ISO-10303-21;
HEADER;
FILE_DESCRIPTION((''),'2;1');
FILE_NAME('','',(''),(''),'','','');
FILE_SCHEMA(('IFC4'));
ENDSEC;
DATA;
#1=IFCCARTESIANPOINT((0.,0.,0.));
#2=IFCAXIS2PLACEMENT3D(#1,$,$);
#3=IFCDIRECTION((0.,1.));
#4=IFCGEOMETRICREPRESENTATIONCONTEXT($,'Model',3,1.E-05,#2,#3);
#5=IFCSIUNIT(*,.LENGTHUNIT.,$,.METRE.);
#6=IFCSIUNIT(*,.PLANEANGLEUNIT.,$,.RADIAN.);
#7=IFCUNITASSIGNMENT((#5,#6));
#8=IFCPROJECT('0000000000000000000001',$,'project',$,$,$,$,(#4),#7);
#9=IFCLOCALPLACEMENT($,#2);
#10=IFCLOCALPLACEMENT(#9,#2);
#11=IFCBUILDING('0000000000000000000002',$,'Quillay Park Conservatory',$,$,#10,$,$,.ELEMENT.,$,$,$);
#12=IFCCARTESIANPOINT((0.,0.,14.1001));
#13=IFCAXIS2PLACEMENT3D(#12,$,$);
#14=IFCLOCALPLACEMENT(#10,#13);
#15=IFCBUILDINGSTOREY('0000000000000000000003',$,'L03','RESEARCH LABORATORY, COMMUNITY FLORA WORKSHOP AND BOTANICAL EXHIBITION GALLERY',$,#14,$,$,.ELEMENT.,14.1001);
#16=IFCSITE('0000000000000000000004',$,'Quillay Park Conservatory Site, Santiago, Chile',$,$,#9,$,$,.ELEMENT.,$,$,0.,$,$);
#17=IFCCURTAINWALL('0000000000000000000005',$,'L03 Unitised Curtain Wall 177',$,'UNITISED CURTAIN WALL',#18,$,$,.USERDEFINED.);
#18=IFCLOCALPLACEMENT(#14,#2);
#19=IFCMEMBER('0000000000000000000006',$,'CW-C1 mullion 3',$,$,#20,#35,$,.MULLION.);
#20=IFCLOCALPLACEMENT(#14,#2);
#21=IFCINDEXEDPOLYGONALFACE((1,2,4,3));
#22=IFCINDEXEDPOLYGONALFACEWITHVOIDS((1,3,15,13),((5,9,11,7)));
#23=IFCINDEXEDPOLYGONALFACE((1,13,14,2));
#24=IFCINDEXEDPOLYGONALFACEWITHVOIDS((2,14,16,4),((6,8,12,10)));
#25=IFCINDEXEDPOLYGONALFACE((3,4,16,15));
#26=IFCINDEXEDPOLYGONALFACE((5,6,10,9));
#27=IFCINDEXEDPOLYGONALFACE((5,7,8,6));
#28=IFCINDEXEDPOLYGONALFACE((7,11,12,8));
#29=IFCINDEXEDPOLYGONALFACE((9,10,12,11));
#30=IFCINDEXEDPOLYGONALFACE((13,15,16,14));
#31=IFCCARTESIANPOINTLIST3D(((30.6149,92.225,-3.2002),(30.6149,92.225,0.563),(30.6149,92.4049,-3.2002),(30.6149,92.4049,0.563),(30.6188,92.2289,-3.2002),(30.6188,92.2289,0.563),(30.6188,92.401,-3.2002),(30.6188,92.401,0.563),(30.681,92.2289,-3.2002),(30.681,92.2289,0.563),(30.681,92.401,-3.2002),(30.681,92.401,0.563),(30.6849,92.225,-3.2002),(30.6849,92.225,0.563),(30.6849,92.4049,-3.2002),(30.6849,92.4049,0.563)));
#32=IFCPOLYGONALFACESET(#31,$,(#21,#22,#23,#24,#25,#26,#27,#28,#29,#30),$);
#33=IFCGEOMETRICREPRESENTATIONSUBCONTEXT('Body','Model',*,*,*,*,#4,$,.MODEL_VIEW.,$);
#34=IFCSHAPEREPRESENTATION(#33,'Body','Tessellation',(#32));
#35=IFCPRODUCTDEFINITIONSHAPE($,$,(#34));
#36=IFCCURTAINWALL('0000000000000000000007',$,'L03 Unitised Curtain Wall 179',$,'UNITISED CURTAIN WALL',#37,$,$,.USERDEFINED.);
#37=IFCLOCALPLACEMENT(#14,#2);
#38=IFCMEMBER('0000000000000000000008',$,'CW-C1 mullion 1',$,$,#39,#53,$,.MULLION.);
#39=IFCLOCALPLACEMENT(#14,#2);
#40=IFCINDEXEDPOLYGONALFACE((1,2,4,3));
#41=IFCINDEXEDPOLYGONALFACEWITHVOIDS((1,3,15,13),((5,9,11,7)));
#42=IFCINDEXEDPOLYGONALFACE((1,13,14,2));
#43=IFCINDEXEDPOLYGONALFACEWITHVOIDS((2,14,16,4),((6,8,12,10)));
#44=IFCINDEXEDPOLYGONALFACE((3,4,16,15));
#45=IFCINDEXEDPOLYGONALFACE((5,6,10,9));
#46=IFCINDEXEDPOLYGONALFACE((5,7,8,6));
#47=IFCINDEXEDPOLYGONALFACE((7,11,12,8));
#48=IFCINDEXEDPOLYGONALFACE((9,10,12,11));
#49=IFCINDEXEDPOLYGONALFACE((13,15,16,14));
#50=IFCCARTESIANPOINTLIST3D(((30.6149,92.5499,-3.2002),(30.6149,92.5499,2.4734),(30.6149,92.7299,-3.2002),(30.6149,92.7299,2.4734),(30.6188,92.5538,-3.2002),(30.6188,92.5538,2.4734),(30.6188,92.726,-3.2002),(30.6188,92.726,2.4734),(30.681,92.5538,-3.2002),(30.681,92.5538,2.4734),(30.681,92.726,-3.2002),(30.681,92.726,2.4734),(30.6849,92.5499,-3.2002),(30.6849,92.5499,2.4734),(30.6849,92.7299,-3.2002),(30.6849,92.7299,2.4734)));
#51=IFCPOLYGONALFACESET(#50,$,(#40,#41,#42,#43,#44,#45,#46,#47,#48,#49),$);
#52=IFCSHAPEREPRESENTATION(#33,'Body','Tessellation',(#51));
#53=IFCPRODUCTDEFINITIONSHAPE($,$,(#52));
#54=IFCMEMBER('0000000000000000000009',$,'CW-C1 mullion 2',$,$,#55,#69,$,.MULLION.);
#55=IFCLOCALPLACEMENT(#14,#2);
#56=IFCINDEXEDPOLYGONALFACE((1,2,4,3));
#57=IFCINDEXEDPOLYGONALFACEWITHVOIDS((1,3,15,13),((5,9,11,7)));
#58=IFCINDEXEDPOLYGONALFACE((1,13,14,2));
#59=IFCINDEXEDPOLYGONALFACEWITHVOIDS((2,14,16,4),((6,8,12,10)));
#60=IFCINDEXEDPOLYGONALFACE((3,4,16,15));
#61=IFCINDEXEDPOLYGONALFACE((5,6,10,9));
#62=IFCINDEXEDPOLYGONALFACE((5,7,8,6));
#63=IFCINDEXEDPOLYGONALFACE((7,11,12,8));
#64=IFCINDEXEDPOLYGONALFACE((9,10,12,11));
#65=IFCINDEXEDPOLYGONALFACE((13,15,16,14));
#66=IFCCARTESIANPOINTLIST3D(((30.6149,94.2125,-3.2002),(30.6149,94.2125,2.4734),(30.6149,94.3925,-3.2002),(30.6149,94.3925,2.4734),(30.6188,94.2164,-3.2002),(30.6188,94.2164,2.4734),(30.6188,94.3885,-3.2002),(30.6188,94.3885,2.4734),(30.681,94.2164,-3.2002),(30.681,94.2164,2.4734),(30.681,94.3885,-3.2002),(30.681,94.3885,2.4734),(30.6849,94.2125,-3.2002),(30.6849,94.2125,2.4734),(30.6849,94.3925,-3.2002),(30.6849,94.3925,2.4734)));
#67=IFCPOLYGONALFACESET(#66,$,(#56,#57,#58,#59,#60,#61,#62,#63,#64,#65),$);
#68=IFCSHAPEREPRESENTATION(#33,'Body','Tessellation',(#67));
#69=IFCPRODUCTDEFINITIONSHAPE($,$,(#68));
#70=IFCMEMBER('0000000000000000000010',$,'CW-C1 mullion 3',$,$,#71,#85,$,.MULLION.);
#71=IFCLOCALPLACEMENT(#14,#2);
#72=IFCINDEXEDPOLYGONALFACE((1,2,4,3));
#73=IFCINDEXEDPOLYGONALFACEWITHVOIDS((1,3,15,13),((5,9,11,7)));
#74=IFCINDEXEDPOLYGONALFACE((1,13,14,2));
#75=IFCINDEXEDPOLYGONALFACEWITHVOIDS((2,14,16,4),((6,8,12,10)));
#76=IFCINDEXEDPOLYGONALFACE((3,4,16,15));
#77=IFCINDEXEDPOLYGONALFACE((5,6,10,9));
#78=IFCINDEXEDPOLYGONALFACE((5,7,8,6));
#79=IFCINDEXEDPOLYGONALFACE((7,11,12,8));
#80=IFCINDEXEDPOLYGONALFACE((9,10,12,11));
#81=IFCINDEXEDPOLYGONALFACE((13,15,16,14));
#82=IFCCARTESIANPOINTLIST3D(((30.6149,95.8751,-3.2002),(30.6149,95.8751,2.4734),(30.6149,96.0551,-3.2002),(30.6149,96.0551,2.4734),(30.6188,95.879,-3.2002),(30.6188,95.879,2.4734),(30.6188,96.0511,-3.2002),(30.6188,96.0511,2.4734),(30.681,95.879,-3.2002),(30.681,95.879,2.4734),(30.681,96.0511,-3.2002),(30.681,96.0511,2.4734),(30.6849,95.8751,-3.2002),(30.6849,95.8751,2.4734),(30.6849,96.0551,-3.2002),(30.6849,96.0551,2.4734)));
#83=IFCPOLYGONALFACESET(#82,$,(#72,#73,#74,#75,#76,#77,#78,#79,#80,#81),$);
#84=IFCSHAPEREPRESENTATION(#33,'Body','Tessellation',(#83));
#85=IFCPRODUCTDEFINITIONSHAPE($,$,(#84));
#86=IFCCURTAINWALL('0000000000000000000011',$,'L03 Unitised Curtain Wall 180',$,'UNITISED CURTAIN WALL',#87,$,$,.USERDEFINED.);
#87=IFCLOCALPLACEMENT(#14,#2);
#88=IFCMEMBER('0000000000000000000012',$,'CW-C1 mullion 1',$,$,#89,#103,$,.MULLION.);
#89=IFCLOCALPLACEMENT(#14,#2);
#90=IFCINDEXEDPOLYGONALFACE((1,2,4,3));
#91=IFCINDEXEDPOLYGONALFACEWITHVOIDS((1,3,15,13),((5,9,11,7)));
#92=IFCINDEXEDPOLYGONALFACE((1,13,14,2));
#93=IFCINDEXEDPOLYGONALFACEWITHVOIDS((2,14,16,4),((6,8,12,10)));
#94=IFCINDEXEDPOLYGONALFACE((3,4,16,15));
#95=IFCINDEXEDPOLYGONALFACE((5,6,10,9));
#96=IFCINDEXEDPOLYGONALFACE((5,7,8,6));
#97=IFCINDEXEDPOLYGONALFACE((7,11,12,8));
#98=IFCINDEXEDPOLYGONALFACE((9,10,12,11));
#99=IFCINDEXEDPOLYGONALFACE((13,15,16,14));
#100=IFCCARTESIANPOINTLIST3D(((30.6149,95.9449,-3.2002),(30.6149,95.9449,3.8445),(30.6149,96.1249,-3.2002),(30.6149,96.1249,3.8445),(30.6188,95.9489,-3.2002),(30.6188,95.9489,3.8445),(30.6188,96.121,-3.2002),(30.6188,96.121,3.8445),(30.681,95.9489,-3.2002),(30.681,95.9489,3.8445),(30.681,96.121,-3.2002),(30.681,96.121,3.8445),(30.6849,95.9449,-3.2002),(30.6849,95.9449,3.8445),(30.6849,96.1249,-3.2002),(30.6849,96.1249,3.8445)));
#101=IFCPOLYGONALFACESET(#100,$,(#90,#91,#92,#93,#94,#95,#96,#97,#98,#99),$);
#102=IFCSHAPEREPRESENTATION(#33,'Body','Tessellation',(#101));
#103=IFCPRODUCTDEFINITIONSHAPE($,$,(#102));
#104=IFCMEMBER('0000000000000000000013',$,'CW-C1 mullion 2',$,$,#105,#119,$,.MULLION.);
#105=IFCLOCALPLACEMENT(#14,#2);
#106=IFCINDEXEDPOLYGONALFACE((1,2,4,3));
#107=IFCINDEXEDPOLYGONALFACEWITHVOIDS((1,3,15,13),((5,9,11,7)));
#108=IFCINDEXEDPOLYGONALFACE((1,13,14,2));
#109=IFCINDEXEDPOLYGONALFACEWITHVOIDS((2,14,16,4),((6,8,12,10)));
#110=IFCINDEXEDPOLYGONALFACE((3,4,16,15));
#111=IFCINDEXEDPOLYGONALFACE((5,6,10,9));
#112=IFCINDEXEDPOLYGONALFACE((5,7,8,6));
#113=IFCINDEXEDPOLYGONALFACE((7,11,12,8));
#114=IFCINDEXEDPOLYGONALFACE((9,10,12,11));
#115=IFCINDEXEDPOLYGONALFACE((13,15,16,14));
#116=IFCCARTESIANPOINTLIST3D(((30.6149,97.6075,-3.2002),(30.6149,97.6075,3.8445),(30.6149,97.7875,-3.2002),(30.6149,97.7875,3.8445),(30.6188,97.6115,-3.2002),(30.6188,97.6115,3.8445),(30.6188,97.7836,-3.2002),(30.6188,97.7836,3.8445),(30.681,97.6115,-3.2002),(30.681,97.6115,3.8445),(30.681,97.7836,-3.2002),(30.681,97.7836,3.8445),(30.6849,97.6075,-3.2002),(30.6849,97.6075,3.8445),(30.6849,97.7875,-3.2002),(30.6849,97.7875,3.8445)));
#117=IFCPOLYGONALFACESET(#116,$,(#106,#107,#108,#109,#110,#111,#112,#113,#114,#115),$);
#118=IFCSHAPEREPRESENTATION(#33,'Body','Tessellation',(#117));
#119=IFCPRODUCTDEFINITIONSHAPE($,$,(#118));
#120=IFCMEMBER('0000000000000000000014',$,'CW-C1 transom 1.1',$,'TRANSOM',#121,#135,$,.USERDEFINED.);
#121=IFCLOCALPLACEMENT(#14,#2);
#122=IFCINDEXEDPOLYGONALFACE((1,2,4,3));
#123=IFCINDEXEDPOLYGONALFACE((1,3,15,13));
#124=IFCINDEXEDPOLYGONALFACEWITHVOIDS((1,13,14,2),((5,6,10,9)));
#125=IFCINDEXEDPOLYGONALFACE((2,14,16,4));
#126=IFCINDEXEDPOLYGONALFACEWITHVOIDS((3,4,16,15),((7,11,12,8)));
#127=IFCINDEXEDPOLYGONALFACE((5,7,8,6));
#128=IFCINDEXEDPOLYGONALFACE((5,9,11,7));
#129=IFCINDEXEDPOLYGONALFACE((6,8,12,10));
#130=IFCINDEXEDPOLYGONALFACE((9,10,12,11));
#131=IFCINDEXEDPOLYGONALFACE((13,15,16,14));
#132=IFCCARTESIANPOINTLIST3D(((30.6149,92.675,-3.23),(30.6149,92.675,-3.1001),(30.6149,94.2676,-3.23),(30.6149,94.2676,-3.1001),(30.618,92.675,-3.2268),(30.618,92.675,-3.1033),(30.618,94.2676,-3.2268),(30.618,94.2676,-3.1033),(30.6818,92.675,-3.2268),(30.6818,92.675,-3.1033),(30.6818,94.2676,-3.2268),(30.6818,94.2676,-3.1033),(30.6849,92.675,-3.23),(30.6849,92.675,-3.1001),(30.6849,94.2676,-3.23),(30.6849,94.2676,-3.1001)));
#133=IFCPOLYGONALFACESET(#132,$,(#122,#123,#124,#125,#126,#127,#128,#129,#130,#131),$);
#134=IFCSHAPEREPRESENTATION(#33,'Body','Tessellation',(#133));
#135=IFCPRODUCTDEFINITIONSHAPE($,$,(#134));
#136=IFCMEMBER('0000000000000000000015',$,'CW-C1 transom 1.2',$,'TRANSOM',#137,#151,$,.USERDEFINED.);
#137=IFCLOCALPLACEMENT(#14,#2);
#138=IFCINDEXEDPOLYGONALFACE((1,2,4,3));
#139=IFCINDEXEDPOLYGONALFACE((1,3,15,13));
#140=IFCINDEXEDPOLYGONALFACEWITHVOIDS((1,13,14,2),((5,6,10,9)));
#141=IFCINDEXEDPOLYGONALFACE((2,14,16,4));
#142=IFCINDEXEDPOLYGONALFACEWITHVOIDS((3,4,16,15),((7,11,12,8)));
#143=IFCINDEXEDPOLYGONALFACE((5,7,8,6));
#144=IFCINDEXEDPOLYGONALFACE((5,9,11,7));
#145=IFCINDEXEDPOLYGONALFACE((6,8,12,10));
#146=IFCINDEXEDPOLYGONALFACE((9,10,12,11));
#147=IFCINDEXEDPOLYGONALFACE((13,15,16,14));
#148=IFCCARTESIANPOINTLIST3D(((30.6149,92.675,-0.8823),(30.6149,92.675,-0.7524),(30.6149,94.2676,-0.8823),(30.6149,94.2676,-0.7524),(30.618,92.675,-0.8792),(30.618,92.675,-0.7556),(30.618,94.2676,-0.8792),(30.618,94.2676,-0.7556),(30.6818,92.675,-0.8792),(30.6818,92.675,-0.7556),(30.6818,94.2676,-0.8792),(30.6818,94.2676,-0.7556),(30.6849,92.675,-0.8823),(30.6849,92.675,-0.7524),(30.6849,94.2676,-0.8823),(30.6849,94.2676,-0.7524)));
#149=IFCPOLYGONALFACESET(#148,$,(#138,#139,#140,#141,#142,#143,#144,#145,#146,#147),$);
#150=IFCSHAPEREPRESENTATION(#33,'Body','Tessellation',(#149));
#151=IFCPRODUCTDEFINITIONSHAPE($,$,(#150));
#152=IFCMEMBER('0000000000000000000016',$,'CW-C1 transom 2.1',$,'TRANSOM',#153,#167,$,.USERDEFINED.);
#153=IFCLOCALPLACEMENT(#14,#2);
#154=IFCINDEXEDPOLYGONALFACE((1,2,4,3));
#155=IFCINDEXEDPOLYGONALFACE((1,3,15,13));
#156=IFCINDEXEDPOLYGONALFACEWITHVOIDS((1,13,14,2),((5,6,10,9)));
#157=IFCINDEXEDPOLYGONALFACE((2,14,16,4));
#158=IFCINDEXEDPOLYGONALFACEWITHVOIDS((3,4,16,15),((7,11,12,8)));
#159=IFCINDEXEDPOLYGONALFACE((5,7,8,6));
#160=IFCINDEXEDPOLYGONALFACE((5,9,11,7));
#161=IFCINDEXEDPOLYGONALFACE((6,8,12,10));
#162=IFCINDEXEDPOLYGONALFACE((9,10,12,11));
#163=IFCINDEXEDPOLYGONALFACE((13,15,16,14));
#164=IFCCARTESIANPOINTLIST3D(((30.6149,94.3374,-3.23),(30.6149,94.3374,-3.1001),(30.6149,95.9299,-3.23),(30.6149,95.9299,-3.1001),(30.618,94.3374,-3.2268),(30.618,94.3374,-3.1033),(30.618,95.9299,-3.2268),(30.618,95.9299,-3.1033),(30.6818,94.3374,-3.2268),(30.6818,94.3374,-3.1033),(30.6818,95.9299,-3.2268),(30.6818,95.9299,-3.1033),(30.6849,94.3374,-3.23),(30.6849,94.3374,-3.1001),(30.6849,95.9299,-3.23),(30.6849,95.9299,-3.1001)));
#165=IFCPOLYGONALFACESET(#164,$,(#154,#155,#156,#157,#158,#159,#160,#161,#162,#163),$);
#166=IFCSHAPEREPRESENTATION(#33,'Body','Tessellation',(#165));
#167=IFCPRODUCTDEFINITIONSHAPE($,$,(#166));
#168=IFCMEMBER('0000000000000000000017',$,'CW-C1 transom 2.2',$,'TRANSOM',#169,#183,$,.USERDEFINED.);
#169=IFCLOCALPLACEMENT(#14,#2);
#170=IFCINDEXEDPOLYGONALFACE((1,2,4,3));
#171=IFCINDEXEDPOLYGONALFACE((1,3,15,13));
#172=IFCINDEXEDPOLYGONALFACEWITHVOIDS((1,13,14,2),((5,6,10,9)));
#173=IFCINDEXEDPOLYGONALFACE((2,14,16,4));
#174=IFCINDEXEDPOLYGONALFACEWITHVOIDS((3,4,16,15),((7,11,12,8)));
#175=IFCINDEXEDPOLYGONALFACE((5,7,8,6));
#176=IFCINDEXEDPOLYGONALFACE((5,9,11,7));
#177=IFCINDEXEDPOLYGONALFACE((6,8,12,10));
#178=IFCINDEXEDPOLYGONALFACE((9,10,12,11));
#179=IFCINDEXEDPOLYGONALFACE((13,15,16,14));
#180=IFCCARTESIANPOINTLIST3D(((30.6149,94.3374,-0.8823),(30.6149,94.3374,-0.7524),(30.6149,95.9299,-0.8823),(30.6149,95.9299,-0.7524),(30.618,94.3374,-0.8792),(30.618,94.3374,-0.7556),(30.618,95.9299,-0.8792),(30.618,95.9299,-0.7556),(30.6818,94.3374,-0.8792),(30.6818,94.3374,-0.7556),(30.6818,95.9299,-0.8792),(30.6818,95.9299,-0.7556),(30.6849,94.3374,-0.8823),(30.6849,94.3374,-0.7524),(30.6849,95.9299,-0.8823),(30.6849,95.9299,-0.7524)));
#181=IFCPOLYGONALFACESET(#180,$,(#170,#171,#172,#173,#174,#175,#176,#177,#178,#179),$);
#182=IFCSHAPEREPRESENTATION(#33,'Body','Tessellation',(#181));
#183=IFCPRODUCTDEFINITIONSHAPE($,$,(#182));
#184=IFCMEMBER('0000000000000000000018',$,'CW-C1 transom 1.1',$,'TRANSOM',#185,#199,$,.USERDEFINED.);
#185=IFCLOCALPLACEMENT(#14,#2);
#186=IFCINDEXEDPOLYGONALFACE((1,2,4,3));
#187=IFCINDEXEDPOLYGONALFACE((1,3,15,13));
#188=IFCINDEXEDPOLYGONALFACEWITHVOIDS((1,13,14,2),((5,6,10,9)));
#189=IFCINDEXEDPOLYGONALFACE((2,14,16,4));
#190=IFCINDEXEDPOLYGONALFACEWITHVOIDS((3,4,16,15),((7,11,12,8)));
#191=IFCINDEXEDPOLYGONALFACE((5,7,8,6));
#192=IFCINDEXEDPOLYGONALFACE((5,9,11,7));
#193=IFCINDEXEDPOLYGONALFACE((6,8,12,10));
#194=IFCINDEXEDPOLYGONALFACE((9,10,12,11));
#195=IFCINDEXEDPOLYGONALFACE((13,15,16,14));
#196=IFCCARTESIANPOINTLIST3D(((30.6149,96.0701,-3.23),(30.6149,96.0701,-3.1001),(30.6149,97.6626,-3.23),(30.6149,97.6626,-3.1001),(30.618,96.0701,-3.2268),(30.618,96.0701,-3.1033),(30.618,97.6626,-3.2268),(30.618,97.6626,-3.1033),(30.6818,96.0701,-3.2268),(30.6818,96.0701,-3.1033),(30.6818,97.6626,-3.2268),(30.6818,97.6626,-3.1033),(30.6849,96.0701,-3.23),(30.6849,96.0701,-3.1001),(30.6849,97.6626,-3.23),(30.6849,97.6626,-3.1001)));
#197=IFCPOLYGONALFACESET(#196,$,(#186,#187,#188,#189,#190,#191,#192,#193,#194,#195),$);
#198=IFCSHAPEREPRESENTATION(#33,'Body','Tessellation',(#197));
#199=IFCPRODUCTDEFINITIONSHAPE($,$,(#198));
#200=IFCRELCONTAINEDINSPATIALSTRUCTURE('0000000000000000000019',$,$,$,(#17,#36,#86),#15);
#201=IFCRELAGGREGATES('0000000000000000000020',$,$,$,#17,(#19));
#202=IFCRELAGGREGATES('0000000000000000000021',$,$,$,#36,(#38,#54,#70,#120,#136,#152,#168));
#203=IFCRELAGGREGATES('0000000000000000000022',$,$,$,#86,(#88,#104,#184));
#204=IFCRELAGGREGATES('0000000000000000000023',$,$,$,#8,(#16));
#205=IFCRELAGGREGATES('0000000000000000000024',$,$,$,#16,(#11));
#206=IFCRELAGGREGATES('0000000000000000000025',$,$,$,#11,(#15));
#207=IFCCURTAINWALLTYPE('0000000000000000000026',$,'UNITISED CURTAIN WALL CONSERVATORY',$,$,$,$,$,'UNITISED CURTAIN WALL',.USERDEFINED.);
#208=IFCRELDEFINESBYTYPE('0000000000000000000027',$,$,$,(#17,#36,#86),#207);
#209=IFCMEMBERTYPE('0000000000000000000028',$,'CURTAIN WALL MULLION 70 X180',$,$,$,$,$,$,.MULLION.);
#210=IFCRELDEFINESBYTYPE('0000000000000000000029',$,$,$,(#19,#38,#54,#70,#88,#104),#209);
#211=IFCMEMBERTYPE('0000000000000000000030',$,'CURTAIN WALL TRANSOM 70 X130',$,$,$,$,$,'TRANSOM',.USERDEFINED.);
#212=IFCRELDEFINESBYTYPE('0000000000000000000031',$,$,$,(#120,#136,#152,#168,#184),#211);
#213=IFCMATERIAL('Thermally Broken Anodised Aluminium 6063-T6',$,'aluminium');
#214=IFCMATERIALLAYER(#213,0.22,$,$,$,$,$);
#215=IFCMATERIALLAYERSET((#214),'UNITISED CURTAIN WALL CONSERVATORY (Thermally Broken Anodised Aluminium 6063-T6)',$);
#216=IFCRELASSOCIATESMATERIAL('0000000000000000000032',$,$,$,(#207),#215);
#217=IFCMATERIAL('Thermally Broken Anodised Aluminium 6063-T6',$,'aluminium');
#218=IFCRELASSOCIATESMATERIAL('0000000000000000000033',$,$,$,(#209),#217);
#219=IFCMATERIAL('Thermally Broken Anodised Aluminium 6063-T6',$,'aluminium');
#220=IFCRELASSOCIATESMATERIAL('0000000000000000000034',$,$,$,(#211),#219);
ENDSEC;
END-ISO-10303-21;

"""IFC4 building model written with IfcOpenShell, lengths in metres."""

from ifc_helpers import new_model, si_unit, direction, frame, origin, origin_2d, place, context, subcontext, project, spatial, hollow_rectangle, extrude, material, layer, layer_set, material_profile, profile_set, type_object, element, aggregate, save


model = new_model("IFC4")

# Units and contexts
model_context = context("Model", 3, precision=1e-05, world=origin(), true_north=direction((0.0, 1.0)))
body_context = subcontext(model_context, "Body", "Model", "MODEL_VIEW")
ifc_project = project(units=[si_unit("LENGTHUNIT", "METRE"), si_unit("PLANEANGLEUNIT", "RADIAN")], contexts=[model_context])

# Site, building, storey
site_placement = place(None, origin())
site = spatial("IfcSite", under=ifc_project, at=site_placement, Name="Quillay Park Conservatory Site, Santiago, Chile", CompositionType="ELEMENT", RefElevation=0.0)
building_placement = place(site_placement, origin())
building = spatial("IfcBuilding", under=site, at=building_placement, Name="Quillay Park Conservatory", CompositionType="ELEMENT")
storey_placement = place(building_placement, frame((0.0, 0.0, 14.1001)))
storey = spatial("IfcBuildingStorey", under=building, at=storey_placement, Name="L03", Description="RESEARCH LABORATORY, COMMUNITY FLORA WORKSHOP AND BOTANICAL EXHIBITION GALLERY", CompositionType="ELEMENT", Elevation=14.1001)

# Curtain wall, member
ifc_material_1 = material(Name="Thermally Broken Anodised Aluminium 6063-T6", Category="aluminium")
ifc_layer_1 = layer(ifc_material_1, 0.22)
ifc_layer_set_1 = layer_set([ifc_layer_1], Name="UNITISED CURTAIN WALL CONSERVATORY (Thermally Broken Anodised Aluminium 6063-T6)")
curtain_wall_type = type_object("IfcCurtainWallType", Name="UNITISED CURTAIN WALL CONSERVATORY", ElementType="UNITISED CURTAIN WALL", PredefinedType="USERDEFINED", material=ifc_layer_set_1)
curtain_wall_1_placement = place(storey_placement, origin())
curtain_wall_1 = element("IfcCurtainWall", 1, at=curtain_wall_1_placement, inside=storey, type_object=curtain_wall_type, Name="L03 Unitised Curtain Wall 177", ObjectType="UNITISED CURTAIN WALL", PredefinedType="USERDEFINED")
ifc_material_2 = material(Name="Thermally Broken Anodised Aluminium 6063-T6", Category="aluminium")
ifc_material_profile_1 = material_profile(ifc_material_2, hollow_rectangle(XDim=0.0701, YDim=0.1799, WallThickness=0.0039, at=origin_2d()), Name="AL70x180x4")
ifc_profile_set_1 = profile_set([ifc_material_profile_1], Name="Thermally Broken Anodised Aluminium 6063-T6")
member_type_1 = type_object("IfcMemberType", Name="CURTAIN WALL MULLION 70 X180", PredefinedType="MULLION", material=ifc_profile_set_1)
member_1_placement = place(storey_placement, frame((30.6499, 92.3149, -3.2002), z_axis=(0.0, 0.0, 1.0), x_axis=(-1.0, 0.0, 0.0)))
member_1 = element("IfcMember", 2, at=member_1_placement, type_object=member_type_1, Name="CW-C1 mullion 3", PredefinedType="MULLION", context=body_context, shape_type="SweptSolid", body=[
    extrude(hollow_rectangle(XDim=0.0701, YDim=0.1799, WallThickness=0.0039, at=origin_2d()), origin(), (0.0, 0.0, 1.0), 3.7632),
])

# Curtain walls, members
curtain_wall_2_placement = place(storey_placement, origin())
curtain_wall_2 = element("IfcCurtainWall", 3, at=curtain_wall_2_placement, inside=storey, type_object=curtain_wall_type, Name="L03 Unitised Curtain Wall 179", ObjectType="UNITISED CURTAIN WALL", PredefinedType="USERDEFINED")
member_2_placement = place(storey_placement, frame((30.6499, 92.6399, -3.2002), z_axis=(0.0, 0.0, 1.0), x_axis=(-1.0, 0.0, 0.0)))
member_2 = element("IfcMember", 4, at=member_2_placement, type_object=member_type_1, Name="CW-C1 mullion 1", PredefinedType="MULLION", context=body_context, shape_type="SweptSolid", body=[
    extrude(hollow_rectangle(XDim=0.0701, YDim=0.1799, WallThickness=0.0039, at=origin_2d()), origin(), (0.0, 0.0, 1.0), 5.6736),
])
member_3_placement = place(storey_placement, frame((30.6499, 94.3025, -3.2002), z_axis=(0.0, 0.0, 1.0), x_axis=(-1.0, 0.0, 0.0)))
member_3 = element("IfcMember", 5, at=member_3_placement, type_object=member_type_1, Name="CW-C1 mullion 2", PredefinedType="MULLION", context=body_context, shape_type="SweptSolid", body=[
    extrude(hollow_rectangle(XDim=0.0701, YDim=0.1799, WallThickness=0.0039, at=origin_2d()), origin(), (0.0, 0.0, 1.0), 5.6736),
])
member_4_placement = place(storey_placement, frame((30.6499, 95.9651, -3.2002), z_axis=(0.0, 0.0, 1.0), x_axis=(-1.0, 0.0, 0.0)))
member_4 = element("IfcMember", 6, at=member_4_placement, type_object=member_type_1, Name="CW-C1 mullion 3", PredefinedType="MULLION", context=body_context, shape_type="SweptSolid", body=[
    extrude(hollow_rectangle(XDim=0.0701, YDim=0.1799, WallThickness=0.0039, at=origin_2d()), origin(), (0.0, 0.0, 1.0), 5.6736),
])
curtain_wall_3_placement = place(storey_placement, origin())
curtain_wall_3 = element("IfcCurtainWall", 7, at=curtain_wall_3_placement, inside=storey, type_object=curtain_wall_type, Name="L03 Unitised Curtain Wall 180", ObjectType="UNITISED CURTAIN WALL", PredefinedType="USERDEFINED")
member_5_placement = place(storey_placement, frame((30.6499, 96.0349, -3.2002), z_axis=(0.0, 0.0, 1.0), x_axis=(-1.0, 0.0, 0.0)))
member_5 = element("IfcMember", 8, at=member_5_placement, type_object=member_type_1, Name="CW-C1 mullion 1", PredefinedType="MULLION", context=body_context, shape_type="SweptSolid", body=[
    extrude(hollow_rectangle(XDim=0.0701, YDim=0.1799, WallThickness=0.0039, at=origin_2d()), origin(), (0.0, 0.0, 1.0), 7.0447),
])
member_6_placement = place(storey_placement, frame((30.6499, 97.6975, -3.2002), z_axis=(0.0, 0.0, 1.0), x_axis=(-1.0, 0.0, 0.0)))
member_6 = element("IfcMember", 9, at=member_6_placement, type_object=member_type_1, Name="CW-C1 mullion 2", PredefinedType="MULLION", context=body_context, shape_type="SweptSolid", body=[
    extrude(hollow_rectangle(XDim=0.0701, YDim=0.1799, WallThickness=0.0039, at=origin_2d()), origin(), (0.0, 0.0, 1.0), 7.0447),
])

# Members
ifc_material_3 = material(Name="Thermally Broken Anodised Aluminium 6063-T6", Category="aluminium")
ifc_material_profile_2 = material_profile(ifc_material_3, hollow_rectangle(XDim=0.0701, YDim=0.1299, WallThickness=0.0032, at=origin_2d()), Name="AL70x130x3.2")
ifc_profile_set_2 = profile_set([ifc_material_profile_2], Name="Thermally Broken Anodised Aluminium 6063-T6")
member_type_2 = type_object("IfcMemberType", Name="CURTAIN WALL TRANSOM 70 X130", ElementType="TRANSOM", PredefinedType="USERDEFINED", material=ifc_profile_set_2)
member_7_placement = place(storey_placement, frame((30.6499, 92.675, -3.165), z_axis=(0.0, 1.0, 0.0), x_axis=(-1.0, 0.0, 0.0)))
member_7 = element("IfcMember", 10, at=member_7_placement, type_object=member_type_2, Name="CW-C1 transom 1.1", ObjectType="TRANSOM", PredefinedType="USERDEFINED", context=body_context, shape_type="SweptSolid", body=[
    extrude(hollow_rectangle(XDim=0.0701, YDim=0.1299, WallThickness=0.0032, at=origin_2d()), origin(), (0.0, 0.0, 1.0), 1.5925),
])
member_8_placement = place(storey_placement, frame((30.6499, 92.675, -0.8174), z_axis=(0.0, 1.0, 0.0), x_axis=(-1.0, 0.0, 0.0)))
member_8 = element("IfcMember", 11, at=member_8_placement, type_object=member_type_2, Name="CW-C1 transom 1.2", ObjectType="TRANSOM", PredefinedType="USERDEFINED", context=body_context, shape_type="SweptSolid", body=[
    extrude(hollow_rectangle(XDim=0.0701, YDim=0.1299, WallThickness=0.0032, at=origin_2d()), origin(), (0.0, 0.0, 1.0), 1.5925),
])
member_9_placement = place(storey_placement, frame((30.6499, 94.3374, -3.165), z_axis=(0.0, 1.0, 0.0), x_axis=(-1.0, 0.0, 0.0)))
member_9 = element("IfcMember", 12, at=member_9_placement, type_object=member_type_2, Name="CW-C1 transom 2.1", ObjectType="TRANSOM", PredefinedType="USERDEFINED", context=body_context, shape_type="SweptSolid", body=[
    extrude(hollow_rectangle(XDim=0.0701, YDim=0.1299, WallThickness=0.0032, at=origin_2d()), origin(), (0.0, 0.0, 1.0), 1.5925),
])
member_10_placement = place(storey_placement, frame((30.6499, 94.3374, -0.8174), z_axis=(0.0, 1.0, 0.0), x_axis=(-1.0, 0.0, 0.0)))
member_10 = element("IfcMember", 13, at=member_10_placement, type_object=member_type_2, Name="CW-C1 transom 2.2", ObjectType="TRANSOM", PredefinedType="USERDEFINED", context=body_context, shape_type="SweptSolid", body=[
    extrude(hollow_rectangle(XDim=0.0701, YDim=0.1299, WallThickness=0.0032, at=origin_2d()), origin(), (0.0, 0.0, 1.0), 1.5925),
])
member_11_placement = place(storey_placement, frame((30.6499, 96.0701, -3.165), z_axis=(0.0, 1.0, 0.0), x_axis=(-1.0, 0.0, 0.0)))
member_11 = element("IfcMember", 14, at=member_11_placement, type_object=member_type_2, Name="CW-C1 transom 1.1", ObjectType="TRANSOM", PredefinedType="USERDEFINED", context=body_context, shape_type="SweptSolid", body=[
    extrude(hollow_rectangle(XDim=0.0701, YDim=0.1299, WallThickness=0.0032, at=origin_2d()), origin(), (0.0, 0.0, 1.0), 1.5925),
])

aggregate(curtain_wall_1, [member_1])
aggregate(curtain_wall_2, [member_2, member_3, member_4, member_7, member_8, member_9, member_10])
aggregate(curtain_wall_3, [member_5, member_6, member_11])

save(model, "model.ifc")
